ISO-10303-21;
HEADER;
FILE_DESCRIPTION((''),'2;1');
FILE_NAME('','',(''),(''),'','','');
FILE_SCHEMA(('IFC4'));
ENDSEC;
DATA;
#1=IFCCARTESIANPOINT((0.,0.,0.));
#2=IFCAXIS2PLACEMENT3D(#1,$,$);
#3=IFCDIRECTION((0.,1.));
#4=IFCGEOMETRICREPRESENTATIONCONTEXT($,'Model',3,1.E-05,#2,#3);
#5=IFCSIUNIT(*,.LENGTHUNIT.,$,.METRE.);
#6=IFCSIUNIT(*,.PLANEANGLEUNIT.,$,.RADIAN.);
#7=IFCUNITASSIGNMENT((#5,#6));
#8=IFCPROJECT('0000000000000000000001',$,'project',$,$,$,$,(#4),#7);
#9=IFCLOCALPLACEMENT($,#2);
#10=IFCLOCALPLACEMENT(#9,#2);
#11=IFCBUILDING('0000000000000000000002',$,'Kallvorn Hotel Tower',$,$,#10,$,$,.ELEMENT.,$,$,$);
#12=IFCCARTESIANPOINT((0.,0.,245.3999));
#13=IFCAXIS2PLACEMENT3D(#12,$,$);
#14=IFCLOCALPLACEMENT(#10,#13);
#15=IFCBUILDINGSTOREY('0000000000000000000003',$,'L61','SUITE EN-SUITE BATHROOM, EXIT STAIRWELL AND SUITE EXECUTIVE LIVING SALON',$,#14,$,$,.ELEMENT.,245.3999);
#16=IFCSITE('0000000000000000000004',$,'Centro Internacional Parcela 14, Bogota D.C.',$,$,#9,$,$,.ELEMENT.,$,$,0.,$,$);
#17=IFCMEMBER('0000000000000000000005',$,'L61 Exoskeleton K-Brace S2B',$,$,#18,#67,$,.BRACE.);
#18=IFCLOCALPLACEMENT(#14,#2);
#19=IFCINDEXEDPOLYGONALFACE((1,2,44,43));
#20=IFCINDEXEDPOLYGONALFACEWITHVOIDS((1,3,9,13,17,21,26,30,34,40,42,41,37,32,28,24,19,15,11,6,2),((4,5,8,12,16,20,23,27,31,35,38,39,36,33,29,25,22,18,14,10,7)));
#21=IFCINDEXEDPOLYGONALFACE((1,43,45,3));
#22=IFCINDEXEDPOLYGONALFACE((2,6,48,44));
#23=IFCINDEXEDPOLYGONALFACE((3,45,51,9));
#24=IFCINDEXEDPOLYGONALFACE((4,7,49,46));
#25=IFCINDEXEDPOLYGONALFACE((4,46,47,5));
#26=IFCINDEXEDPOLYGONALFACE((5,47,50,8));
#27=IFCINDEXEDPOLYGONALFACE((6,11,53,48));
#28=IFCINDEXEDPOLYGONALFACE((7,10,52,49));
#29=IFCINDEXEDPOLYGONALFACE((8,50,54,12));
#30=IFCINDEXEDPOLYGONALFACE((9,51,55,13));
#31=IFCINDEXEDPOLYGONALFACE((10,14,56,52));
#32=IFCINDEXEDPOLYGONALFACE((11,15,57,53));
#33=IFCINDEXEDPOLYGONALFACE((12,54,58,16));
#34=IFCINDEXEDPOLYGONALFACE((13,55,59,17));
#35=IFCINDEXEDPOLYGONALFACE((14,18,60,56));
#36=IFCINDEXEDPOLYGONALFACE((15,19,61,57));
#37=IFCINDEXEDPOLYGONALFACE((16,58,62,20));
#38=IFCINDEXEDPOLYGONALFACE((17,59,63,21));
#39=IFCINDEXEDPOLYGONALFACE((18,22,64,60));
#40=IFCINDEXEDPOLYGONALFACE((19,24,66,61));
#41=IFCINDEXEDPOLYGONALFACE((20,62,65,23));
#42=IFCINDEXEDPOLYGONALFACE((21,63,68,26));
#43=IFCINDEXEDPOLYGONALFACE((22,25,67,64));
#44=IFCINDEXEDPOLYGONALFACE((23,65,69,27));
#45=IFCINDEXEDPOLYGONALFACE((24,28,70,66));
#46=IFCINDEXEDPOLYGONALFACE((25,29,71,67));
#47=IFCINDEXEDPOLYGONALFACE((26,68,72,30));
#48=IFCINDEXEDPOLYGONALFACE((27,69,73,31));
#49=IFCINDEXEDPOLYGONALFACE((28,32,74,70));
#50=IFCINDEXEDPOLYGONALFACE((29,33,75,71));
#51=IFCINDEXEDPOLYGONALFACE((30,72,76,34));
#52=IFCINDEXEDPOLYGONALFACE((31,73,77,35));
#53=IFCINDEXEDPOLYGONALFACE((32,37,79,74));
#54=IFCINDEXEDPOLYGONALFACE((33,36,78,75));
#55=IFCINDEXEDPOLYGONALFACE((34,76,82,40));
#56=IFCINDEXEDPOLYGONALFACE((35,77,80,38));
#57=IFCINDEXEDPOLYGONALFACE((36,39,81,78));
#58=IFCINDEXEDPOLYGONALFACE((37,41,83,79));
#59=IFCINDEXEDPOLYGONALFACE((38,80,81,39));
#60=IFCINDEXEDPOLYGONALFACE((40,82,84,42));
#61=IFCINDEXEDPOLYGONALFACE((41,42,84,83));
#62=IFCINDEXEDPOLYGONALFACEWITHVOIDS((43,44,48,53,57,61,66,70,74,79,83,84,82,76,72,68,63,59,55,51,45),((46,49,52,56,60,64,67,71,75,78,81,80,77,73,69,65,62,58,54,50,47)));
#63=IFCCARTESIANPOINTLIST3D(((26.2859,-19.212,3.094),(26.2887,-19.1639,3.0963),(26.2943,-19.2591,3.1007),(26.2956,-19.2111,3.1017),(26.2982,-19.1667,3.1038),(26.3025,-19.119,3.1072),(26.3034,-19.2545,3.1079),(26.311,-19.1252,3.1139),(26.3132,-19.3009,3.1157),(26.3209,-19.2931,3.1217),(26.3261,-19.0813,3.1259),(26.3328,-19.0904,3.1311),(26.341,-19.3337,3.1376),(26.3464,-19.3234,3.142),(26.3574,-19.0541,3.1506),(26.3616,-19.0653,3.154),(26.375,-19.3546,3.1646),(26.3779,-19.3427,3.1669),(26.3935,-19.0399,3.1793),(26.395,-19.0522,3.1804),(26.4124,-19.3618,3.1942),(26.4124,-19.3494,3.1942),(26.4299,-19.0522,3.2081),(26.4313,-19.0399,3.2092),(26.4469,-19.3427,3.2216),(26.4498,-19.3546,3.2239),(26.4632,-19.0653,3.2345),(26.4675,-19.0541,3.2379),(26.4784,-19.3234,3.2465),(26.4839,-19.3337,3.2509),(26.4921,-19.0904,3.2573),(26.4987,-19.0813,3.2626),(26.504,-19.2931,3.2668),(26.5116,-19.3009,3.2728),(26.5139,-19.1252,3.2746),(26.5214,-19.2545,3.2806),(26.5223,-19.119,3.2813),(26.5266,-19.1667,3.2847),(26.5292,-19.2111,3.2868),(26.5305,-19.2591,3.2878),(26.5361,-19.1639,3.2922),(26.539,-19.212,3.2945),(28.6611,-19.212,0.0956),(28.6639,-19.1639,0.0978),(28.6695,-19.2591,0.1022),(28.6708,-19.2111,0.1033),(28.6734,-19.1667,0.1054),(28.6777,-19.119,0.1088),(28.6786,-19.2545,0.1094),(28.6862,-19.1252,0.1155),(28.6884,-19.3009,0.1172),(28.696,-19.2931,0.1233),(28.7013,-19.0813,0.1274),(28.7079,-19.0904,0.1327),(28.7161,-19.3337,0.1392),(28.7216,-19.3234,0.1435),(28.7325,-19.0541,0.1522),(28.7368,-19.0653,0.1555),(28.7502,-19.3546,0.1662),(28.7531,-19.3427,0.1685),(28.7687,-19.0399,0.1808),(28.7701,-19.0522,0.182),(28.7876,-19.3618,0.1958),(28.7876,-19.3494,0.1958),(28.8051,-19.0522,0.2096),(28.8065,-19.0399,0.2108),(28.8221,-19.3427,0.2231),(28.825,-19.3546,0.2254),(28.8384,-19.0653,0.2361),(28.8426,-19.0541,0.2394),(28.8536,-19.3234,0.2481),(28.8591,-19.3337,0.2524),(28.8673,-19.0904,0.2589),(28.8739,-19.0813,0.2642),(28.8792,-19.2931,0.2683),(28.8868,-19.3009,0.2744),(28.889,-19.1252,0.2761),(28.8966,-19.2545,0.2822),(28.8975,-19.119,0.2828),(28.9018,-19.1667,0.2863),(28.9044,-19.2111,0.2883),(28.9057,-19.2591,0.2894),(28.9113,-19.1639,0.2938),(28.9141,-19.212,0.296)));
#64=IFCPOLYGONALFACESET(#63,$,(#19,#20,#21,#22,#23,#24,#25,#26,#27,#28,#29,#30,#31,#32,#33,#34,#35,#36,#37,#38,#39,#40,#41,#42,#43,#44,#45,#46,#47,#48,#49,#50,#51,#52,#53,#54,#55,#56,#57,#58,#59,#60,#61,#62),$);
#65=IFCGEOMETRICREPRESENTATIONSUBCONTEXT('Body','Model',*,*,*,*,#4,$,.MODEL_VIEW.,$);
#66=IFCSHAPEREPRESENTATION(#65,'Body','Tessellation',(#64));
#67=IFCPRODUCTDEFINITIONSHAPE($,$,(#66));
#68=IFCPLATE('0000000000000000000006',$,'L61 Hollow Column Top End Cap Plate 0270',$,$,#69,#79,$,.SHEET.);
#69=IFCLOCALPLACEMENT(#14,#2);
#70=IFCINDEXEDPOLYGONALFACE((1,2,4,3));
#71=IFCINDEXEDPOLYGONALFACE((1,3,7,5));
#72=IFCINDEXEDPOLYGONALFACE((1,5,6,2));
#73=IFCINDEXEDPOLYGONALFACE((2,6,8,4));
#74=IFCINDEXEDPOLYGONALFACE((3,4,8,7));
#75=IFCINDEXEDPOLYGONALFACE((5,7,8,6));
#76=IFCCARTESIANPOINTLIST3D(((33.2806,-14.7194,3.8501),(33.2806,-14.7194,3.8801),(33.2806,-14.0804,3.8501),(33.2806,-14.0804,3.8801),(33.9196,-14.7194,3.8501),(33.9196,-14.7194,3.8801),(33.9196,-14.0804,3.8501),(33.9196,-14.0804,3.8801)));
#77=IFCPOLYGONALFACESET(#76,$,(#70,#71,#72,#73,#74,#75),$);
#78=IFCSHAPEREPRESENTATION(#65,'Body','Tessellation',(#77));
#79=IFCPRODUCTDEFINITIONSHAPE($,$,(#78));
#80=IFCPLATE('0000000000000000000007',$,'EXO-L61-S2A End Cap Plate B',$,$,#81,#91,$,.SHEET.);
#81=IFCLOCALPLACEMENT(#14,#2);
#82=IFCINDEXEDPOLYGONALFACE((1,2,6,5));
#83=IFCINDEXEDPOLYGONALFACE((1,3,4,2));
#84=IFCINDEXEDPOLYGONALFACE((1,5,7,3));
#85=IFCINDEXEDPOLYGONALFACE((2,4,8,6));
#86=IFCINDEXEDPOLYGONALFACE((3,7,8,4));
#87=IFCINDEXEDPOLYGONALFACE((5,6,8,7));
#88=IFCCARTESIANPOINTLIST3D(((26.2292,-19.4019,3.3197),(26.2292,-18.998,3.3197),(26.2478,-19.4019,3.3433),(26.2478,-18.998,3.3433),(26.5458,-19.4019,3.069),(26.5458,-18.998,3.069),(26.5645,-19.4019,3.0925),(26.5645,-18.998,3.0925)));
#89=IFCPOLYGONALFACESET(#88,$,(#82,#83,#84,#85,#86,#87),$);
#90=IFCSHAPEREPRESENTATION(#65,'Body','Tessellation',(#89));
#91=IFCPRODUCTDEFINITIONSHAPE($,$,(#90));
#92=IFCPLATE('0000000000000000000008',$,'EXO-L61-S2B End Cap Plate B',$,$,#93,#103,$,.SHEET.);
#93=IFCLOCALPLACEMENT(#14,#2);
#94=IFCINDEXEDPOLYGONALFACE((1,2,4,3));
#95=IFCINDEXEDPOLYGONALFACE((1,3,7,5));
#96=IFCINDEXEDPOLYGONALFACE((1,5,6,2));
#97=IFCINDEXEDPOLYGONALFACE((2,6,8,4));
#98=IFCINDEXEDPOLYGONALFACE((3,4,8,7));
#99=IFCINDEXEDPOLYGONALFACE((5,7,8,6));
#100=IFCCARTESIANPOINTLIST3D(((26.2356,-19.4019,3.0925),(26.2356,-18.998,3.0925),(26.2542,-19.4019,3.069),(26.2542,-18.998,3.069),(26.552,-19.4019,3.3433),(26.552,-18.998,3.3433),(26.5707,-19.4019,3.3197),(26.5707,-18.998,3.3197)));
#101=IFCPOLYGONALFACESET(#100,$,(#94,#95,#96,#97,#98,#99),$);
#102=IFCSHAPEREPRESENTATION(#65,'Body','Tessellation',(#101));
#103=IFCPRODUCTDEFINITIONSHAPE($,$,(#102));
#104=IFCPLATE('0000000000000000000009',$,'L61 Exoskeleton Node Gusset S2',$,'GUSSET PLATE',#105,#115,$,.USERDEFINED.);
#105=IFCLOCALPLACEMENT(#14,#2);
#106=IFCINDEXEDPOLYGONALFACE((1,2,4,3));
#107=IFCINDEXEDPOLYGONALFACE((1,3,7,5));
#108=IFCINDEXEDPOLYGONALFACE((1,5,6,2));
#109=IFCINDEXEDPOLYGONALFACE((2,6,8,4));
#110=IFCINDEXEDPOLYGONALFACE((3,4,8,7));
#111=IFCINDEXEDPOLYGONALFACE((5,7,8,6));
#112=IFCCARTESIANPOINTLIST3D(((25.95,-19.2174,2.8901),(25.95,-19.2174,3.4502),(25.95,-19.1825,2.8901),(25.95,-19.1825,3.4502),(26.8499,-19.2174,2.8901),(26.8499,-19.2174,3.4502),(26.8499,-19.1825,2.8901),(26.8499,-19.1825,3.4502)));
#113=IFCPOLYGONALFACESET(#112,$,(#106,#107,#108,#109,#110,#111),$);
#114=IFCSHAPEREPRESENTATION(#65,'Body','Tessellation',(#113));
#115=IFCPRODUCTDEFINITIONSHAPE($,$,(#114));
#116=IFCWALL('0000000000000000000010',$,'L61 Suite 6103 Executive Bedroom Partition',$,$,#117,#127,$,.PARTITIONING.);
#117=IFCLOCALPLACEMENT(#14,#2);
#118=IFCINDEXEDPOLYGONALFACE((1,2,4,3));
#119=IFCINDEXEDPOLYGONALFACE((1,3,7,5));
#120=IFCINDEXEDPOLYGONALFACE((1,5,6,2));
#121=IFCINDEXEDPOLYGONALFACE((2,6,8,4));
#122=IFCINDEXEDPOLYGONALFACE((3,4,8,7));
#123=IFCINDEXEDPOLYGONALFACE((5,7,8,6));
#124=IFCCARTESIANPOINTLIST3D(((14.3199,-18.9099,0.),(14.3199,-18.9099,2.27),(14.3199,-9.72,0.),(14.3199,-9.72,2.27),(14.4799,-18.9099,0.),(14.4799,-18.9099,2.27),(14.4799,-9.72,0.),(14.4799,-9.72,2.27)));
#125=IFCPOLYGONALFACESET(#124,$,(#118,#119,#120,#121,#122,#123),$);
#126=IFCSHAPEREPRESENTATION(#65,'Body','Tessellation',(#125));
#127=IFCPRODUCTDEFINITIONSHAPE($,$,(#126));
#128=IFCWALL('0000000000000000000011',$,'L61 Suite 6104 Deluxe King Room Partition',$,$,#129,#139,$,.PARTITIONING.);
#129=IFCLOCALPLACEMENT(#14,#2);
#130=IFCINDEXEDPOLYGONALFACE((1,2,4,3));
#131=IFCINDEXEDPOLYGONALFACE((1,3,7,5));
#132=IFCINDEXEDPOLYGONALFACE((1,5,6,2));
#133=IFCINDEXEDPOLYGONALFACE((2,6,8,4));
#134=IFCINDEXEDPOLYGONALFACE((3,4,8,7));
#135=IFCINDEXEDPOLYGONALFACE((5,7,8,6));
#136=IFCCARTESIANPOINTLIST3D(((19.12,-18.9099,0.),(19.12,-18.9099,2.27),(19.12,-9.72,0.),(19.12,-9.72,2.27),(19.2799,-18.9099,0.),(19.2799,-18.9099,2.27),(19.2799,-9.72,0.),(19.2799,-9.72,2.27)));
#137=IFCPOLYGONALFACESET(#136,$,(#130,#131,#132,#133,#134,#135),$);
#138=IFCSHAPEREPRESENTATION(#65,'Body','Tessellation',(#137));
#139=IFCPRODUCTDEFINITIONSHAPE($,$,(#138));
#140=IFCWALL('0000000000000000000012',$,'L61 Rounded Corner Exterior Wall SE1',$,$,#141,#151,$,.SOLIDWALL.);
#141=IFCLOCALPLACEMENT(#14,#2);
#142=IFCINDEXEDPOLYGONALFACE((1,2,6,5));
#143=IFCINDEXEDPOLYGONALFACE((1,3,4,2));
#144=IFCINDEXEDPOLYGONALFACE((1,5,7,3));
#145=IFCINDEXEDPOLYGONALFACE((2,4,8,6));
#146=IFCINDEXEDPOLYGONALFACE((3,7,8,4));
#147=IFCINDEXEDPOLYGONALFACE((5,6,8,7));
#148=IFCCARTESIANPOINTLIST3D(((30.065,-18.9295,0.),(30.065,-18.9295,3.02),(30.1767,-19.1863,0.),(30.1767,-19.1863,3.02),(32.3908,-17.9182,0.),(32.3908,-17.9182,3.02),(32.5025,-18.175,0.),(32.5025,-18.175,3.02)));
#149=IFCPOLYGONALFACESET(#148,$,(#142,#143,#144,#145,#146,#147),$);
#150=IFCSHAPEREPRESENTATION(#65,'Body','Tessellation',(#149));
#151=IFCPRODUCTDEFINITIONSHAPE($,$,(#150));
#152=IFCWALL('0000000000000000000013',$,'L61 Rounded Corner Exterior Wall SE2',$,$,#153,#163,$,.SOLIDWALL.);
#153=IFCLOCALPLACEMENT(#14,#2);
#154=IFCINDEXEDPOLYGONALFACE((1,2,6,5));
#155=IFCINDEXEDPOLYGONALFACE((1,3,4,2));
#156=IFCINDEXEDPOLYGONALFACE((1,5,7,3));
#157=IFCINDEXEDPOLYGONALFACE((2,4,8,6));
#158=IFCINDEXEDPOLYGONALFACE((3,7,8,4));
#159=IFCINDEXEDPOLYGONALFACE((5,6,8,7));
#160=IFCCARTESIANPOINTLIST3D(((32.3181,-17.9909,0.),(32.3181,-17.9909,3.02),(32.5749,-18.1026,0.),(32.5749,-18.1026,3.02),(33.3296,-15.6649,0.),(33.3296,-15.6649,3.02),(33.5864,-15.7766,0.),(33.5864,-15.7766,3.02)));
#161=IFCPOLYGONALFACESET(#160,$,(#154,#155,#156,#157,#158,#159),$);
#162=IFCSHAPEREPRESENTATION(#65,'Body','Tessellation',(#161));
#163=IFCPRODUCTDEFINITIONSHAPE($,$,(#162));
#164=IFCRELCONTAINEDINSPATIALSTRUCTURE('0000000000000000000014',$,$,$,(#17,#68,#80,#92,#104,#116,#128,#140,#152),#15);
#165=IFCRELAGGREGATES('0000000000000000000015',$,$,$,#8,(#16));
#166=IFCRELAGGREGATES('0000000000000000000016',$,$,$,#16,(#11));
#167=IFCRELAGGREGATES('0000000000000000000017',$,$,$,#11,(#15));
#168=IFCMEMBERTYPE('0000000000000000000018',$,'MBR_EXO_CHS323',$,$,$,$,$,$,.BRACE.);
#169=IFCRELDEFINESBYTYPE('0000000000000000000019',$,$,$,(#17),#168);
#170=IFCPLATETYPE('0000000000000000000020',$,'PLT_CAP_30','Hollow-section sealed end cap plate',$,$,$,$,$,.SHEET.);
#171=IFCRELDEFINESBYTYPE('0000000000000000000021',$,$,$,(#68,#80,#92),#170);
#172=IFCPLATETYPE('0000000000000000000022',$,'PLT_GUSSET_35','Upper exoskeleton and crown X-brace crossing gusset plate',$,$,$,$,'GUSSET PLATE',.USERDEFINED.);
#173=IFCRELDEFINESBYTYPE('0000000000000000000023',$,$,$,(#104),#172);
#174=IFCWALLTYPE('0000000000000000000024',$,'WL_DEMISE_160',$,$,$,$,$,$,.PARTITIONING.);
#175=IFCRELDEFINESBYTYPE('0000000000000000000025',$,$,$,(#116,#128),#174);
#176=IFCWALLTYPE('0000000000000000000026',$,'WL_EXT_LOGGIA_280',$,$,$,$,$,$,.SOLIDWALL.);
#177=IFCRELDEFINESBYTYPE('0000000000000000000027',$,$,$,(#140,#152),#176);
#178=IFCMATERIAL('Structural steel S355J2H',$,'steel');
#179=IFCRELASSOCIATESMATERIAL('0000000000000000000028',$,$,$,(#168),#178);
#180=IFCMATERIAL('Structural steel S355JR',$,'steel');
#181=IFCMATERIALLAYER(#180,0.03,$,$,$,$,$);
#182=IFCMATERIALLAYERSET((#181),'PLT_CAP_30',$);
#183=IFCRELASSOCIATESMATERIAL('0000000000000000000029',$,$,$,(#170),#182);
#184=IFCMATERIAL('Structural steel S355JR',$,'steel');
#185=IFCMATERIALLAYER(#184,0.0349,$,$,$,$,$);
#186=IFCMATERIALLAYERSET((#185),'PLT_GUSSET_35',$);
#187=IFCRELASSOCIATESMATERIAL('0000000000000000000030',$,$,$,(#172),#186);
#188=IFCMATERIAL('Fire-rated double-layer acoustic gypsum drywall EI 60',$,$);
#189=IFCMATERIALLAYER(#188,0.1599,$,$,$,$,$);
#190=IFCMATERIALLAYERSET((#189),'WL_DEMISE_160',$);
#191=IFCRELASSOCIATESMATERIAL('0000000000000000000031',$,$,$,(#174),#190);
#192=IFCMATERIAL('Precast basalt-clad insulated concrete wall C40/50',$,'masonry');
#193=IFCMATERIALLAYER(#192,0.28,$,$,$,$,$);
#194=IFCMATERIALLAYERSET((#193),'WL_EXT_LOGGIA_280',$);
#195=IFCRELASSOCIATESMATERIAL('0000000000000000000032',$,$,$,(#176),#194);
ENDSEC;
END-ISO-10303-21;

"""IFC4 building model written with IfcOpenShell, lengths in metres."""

from ifc_helpers import new_model, si_unit, direction, frame, frame_2d, origin, origin_2d, place, context, subcontext, project, spatial, polyline, rectangle, hollow_circle, outline, extrude, material, layer, layer_set, material_profile, profile_set, type_object, element, save


model = new_model("IFC4")

# Units and contexts
model_context = context("Model", 3, precision=1e-05, world=origin(), true_north=direction((0.0, 1.0)))
body_context = subcontext(model_context, "Body", "Model", "MODEL_VIEW")
ifc_project = project(units=[si_unit("LENGTHUNIT", "METRE"), si_unit("PLANEANGLEUNIT", "RADIAN")], contexts=[model_context])

# Site, building, storey
site_placement = place(None, origin())
site = spatial("IfcSite", under=ifc_project, at=site_placement, Name="Centro Internacional Parcela 14, Bogota D.C.", CompositionType="ELEMENT", RefElevation=0.0)
building_placement = place(site_placement, origin())
building = spatial("IfcBuilding", under=site, at=building_placement, Name="Kallvorn Hotel Tower", CompositionType="ELEMENT")
storey_placement = place(building_placement, frame((0.0, 0.0, 245.3999)))
storey = spatial("IfcBuildingStorey", under=building, at=storey_placement, Name="L61", Description="SUITE EN-SUITE BATHROOM, EXIT STAIRWELL AND SUITE EXECUTIVE LIVING SALON", CompositionType="ELEMENT", Elevation=245.3999)

# Member
ifc_material_1 = material(Name="Structural steel S355J2H", Category="steel")
ifc_material_profile_1 = material_profile(ifc_material_1, hollow_circle(Radius=0.1619, WallThickness=0.0125, at=origin_2d()), Name="CHS 323.9x12.5")
ifc_profile_set_1 = profile_set([ifc_material_profile_1], Name="Structural steel S355J2H")
member_type = type_object("IfcMemberType", Name="MBR_EXO_CHS323", PredefinedType="BRACE", material=ifc_profile_set_1)
for number, where, z_axis, x_axis, name in (
    (1, (28.7876, -19.2, 0.1958), (-0.620929, 0.0, 0.783867), (0.0, -1.0, 0.0), "L61 Exoskeleton K-Brace S2B"),
):
    element("IfcMember", number, at=place(storey_placement, frame(where, z_axis=z_axis, x_axis=x_axis)), inside=storey, type_object=member_type, Name=name, PredefinedType="BRACE", context=body_context, shape_type="SweptSolid", body=[
        extrude(hollow_circle(Radius=0.1619, WallThickness=0.0125, at=origin_2d()), origin(), (0.0, 0.0, 1.0), 3.8252),
    ])

# Plates
ifc_material_2 = material(Name="Structural steel S355JR", Category="steel")
ifc_layer_1 = layer(ifc_material_2, 0.03)
ifc_layer_set_1 = layer_set([ifc_layer_1], Name="PLT_CAP_30")
plate_type_1 = type_object("IfcPlateType", Name="PLT_CAP_30", Description="Hollow-section sealed end cap plate", PredefinedType="SHEET", material=ifc_layer_set_1)
plate_1_placement = place(storey_placement, frame((33.6001, -14.3999, 3.8501), z_axis=(0.0, 0.0, 1.0), x_axis=(1.0, 0.0, 0.0)))
element("IfcPlate", 2, at=plate_1_placement, inside=storey, type_object=plate_type_1, Name="L61 Hollow Column Top End Cap Plate 0270", PredefinedType="SHEET", context=body_context, shape_type="SweptSolid", body=[
    extrude(rectangle(XDim=0.6389, YDim=0.6389, at=origin_2d()), origin(), (0.0, 0.0, 1.0), 0.03),
])
plate_2_placement = place(storey_placement, frame((26.5645, -19.4019, 3.0925), z_axis=(0.62078, 0.0, 0.783985), x_axis=(0.0, 1.0, 0.0)))
element("IfcPlate", 3, at=plate_2_placement, inside=storey, type_object=plate_type_1, Name="EXO-L61-S2A End Cap Plate B", PredefinedType="SHEET", context=body_context, shape_type="SweptSolid", body=[
    extrude(outline(polyline([(0.0, 0.0), (0.4038, 0.0), (0.4038, 0.4039), (0.0, 0.4039), (0.0, 0.0)])), origin(), (0.0, 0.0, -1.0), 0.03),
])
plate_3_placement = place(storey_placement, frame((26.2356, -18.998, 3.0925), z_axis=(-0.621075, 0.0, 0.783751), x_axis=(0.0, -1.0, 0.0)))
element("IfcPlate", 4, at=plate_3_placement, inside=storey, type_object=plate_type_1, Name="EXO-L61-S2B End Cap Plate B", PredefinedType="SHEET", context=body_context, shape_type="SweptSolid", body=[
    extrude(outline(polyline([(0.0, 0.0), (0.4038, 0.0), (0.4038, 0.4037), (0.0, 0.4037), (0.0, 0.0)])), origin(), (0.0, 0.0, -1.0), 0.03),
])
ifc_material_3 = material(Name="Structural steel S355JR", Category="steel")
ifc_layer_2 = layer(ifc_material_3, 0.0349)
ifc_layer_set_2 = layer_set([ifc_layer_2], Name="PLT_GUSSET_35")
plate_type_2 = type_object("IfcPlateType", Name="PLT_GUSSET_35", Description="Upper exoskeleton and crown X-brace crossing gusset plate", ElementType="GUSSET PLATE", PredefinedType="USERDEFINED", material=ifc_layer_set_2)
plate_4_placement = place(storey_placement, frame((26.3999, -19.2, 2.8901), z_axis=(0.0, 0.0, 1.0), x_axis=(1.0, 0.0, 0.0)))
element("IfcPlate", 5, at=plate_4_placement, inside=storey, type_object=plate_type_2, Name="L61 Exoskeleton Node Gusset S2", ObjectType="GUSSET PLATE", PredefinedType="USERDEFINED", context=body_context, shape_type="SweptSolid", body=[
    extrude(rectangle(XDim=0.8999, YDim=0.0349, at=origin_2d()), origin(), (0.0, 0.0, 1.0), 0.5601),
])

# Walls
ifc_material_4 = material(Name="Fire-rated double-layer acoustic gypsum drywall EI 60")
ifc_layer_3 = layer(ifc_material_4, 0.1599)
ifc_layer_set_3 = layer_set([ifc_layer_3], Name="WL_DEMISE_160")
wall_type_1 = type_object("IfcWallType", Name="WL_DEMISE_160", PredefinedType="PARTITIONING", material=ifc_layer_set_3)
for number, where, z_axis, x_axis, name in (
    (6, (14.3999, -18.9099, 0.0), (0.0, 0.0, 1.0), (0.0, 1.0, 0.0), "L61 Suite 6103 Executive Bedroom Partition"),
    (7, (19.2, -18.9099, 0.0), (0.0, 0.0, 1.0), (0.0, 1.0, 0.0), "L61 Suite 6104 Deluxe King Room Partition"),
):
    element("IfcWall", number, at=place(storey_placement, frame(where, z_axis=z_axis, x_axis=x_axis)), inside=storey, type_object=wall_type_1, Name=name, PredefinedType="PARTITIONING", context=body_context, shape_type="SweptSolid", body=[
        extrude(rectangle(XDim=9.1899, YDim=0.1599, at=frame_2d((4.595, 0.0))), origin(), (0.0, 0.0, 1.0), 2.27),
    ])
ifc_material_5 = material(Name="Precast basalt-clad insulated concrete wall C40/50", Category="masonry")
ifc_layer_4 = layer(ifc_material_5, 0.28)
ifc_layer_set_4 = layer_set([ifc_layer_4], Name="WL_EXT_LOGGIA_280")
wall_type_2 = type_object("IfcWallType", Name="WL_EXT_LOGGIA_280", PredefinedType="SOLIDWALL", material=ifc_layer_set_4)
wall_1_placement = place(storey_placement, frame((30.1208, -19.0579, 0.0), z_axis=(0.0, 0.0, 1.0), x_axis=(0.917061, 0.398747, 0.0)))
element("IfcWall", 8, at=wall_1_placement, inside=storey, type_object=wall_type_2, Name="L61 Rounded Corner Exterior Wall SE1", PredefinedType="SOLIDWALL", context=body_context, shape_type="SweptSolid", body=[
    extrude(rectangle(XDim=2.5361, YDim=0.28, at=frame_2d((1.2681, 0.0))), origin(), (0.0, 0.0, 1.0), 3.02),
])
wall_2_placement = place(storey_placement, frame((32.4465, -18.0466, 0.0), z_axis=(0.0, 0.0, 1.0), x_axis=(0.398793, 0.917041, 0.0)))
element("IfcWall", 9, at=wall_2_placement, inside=storey, type_object=wall_type_2, Name="L61 Rounded Corner Exterior Wall SE2", PredefinedType="SOLIDWALL", context=body_context, shape_type="SweptSolid", body=[
    extrude(rectangle(XDim=2.5364, YDim=0.28, at=frame_2d((1.2681, 0.0))), origin(), (0.0, 0.0, 1.0), 3.02),
])

save(model, "model.ifc")
